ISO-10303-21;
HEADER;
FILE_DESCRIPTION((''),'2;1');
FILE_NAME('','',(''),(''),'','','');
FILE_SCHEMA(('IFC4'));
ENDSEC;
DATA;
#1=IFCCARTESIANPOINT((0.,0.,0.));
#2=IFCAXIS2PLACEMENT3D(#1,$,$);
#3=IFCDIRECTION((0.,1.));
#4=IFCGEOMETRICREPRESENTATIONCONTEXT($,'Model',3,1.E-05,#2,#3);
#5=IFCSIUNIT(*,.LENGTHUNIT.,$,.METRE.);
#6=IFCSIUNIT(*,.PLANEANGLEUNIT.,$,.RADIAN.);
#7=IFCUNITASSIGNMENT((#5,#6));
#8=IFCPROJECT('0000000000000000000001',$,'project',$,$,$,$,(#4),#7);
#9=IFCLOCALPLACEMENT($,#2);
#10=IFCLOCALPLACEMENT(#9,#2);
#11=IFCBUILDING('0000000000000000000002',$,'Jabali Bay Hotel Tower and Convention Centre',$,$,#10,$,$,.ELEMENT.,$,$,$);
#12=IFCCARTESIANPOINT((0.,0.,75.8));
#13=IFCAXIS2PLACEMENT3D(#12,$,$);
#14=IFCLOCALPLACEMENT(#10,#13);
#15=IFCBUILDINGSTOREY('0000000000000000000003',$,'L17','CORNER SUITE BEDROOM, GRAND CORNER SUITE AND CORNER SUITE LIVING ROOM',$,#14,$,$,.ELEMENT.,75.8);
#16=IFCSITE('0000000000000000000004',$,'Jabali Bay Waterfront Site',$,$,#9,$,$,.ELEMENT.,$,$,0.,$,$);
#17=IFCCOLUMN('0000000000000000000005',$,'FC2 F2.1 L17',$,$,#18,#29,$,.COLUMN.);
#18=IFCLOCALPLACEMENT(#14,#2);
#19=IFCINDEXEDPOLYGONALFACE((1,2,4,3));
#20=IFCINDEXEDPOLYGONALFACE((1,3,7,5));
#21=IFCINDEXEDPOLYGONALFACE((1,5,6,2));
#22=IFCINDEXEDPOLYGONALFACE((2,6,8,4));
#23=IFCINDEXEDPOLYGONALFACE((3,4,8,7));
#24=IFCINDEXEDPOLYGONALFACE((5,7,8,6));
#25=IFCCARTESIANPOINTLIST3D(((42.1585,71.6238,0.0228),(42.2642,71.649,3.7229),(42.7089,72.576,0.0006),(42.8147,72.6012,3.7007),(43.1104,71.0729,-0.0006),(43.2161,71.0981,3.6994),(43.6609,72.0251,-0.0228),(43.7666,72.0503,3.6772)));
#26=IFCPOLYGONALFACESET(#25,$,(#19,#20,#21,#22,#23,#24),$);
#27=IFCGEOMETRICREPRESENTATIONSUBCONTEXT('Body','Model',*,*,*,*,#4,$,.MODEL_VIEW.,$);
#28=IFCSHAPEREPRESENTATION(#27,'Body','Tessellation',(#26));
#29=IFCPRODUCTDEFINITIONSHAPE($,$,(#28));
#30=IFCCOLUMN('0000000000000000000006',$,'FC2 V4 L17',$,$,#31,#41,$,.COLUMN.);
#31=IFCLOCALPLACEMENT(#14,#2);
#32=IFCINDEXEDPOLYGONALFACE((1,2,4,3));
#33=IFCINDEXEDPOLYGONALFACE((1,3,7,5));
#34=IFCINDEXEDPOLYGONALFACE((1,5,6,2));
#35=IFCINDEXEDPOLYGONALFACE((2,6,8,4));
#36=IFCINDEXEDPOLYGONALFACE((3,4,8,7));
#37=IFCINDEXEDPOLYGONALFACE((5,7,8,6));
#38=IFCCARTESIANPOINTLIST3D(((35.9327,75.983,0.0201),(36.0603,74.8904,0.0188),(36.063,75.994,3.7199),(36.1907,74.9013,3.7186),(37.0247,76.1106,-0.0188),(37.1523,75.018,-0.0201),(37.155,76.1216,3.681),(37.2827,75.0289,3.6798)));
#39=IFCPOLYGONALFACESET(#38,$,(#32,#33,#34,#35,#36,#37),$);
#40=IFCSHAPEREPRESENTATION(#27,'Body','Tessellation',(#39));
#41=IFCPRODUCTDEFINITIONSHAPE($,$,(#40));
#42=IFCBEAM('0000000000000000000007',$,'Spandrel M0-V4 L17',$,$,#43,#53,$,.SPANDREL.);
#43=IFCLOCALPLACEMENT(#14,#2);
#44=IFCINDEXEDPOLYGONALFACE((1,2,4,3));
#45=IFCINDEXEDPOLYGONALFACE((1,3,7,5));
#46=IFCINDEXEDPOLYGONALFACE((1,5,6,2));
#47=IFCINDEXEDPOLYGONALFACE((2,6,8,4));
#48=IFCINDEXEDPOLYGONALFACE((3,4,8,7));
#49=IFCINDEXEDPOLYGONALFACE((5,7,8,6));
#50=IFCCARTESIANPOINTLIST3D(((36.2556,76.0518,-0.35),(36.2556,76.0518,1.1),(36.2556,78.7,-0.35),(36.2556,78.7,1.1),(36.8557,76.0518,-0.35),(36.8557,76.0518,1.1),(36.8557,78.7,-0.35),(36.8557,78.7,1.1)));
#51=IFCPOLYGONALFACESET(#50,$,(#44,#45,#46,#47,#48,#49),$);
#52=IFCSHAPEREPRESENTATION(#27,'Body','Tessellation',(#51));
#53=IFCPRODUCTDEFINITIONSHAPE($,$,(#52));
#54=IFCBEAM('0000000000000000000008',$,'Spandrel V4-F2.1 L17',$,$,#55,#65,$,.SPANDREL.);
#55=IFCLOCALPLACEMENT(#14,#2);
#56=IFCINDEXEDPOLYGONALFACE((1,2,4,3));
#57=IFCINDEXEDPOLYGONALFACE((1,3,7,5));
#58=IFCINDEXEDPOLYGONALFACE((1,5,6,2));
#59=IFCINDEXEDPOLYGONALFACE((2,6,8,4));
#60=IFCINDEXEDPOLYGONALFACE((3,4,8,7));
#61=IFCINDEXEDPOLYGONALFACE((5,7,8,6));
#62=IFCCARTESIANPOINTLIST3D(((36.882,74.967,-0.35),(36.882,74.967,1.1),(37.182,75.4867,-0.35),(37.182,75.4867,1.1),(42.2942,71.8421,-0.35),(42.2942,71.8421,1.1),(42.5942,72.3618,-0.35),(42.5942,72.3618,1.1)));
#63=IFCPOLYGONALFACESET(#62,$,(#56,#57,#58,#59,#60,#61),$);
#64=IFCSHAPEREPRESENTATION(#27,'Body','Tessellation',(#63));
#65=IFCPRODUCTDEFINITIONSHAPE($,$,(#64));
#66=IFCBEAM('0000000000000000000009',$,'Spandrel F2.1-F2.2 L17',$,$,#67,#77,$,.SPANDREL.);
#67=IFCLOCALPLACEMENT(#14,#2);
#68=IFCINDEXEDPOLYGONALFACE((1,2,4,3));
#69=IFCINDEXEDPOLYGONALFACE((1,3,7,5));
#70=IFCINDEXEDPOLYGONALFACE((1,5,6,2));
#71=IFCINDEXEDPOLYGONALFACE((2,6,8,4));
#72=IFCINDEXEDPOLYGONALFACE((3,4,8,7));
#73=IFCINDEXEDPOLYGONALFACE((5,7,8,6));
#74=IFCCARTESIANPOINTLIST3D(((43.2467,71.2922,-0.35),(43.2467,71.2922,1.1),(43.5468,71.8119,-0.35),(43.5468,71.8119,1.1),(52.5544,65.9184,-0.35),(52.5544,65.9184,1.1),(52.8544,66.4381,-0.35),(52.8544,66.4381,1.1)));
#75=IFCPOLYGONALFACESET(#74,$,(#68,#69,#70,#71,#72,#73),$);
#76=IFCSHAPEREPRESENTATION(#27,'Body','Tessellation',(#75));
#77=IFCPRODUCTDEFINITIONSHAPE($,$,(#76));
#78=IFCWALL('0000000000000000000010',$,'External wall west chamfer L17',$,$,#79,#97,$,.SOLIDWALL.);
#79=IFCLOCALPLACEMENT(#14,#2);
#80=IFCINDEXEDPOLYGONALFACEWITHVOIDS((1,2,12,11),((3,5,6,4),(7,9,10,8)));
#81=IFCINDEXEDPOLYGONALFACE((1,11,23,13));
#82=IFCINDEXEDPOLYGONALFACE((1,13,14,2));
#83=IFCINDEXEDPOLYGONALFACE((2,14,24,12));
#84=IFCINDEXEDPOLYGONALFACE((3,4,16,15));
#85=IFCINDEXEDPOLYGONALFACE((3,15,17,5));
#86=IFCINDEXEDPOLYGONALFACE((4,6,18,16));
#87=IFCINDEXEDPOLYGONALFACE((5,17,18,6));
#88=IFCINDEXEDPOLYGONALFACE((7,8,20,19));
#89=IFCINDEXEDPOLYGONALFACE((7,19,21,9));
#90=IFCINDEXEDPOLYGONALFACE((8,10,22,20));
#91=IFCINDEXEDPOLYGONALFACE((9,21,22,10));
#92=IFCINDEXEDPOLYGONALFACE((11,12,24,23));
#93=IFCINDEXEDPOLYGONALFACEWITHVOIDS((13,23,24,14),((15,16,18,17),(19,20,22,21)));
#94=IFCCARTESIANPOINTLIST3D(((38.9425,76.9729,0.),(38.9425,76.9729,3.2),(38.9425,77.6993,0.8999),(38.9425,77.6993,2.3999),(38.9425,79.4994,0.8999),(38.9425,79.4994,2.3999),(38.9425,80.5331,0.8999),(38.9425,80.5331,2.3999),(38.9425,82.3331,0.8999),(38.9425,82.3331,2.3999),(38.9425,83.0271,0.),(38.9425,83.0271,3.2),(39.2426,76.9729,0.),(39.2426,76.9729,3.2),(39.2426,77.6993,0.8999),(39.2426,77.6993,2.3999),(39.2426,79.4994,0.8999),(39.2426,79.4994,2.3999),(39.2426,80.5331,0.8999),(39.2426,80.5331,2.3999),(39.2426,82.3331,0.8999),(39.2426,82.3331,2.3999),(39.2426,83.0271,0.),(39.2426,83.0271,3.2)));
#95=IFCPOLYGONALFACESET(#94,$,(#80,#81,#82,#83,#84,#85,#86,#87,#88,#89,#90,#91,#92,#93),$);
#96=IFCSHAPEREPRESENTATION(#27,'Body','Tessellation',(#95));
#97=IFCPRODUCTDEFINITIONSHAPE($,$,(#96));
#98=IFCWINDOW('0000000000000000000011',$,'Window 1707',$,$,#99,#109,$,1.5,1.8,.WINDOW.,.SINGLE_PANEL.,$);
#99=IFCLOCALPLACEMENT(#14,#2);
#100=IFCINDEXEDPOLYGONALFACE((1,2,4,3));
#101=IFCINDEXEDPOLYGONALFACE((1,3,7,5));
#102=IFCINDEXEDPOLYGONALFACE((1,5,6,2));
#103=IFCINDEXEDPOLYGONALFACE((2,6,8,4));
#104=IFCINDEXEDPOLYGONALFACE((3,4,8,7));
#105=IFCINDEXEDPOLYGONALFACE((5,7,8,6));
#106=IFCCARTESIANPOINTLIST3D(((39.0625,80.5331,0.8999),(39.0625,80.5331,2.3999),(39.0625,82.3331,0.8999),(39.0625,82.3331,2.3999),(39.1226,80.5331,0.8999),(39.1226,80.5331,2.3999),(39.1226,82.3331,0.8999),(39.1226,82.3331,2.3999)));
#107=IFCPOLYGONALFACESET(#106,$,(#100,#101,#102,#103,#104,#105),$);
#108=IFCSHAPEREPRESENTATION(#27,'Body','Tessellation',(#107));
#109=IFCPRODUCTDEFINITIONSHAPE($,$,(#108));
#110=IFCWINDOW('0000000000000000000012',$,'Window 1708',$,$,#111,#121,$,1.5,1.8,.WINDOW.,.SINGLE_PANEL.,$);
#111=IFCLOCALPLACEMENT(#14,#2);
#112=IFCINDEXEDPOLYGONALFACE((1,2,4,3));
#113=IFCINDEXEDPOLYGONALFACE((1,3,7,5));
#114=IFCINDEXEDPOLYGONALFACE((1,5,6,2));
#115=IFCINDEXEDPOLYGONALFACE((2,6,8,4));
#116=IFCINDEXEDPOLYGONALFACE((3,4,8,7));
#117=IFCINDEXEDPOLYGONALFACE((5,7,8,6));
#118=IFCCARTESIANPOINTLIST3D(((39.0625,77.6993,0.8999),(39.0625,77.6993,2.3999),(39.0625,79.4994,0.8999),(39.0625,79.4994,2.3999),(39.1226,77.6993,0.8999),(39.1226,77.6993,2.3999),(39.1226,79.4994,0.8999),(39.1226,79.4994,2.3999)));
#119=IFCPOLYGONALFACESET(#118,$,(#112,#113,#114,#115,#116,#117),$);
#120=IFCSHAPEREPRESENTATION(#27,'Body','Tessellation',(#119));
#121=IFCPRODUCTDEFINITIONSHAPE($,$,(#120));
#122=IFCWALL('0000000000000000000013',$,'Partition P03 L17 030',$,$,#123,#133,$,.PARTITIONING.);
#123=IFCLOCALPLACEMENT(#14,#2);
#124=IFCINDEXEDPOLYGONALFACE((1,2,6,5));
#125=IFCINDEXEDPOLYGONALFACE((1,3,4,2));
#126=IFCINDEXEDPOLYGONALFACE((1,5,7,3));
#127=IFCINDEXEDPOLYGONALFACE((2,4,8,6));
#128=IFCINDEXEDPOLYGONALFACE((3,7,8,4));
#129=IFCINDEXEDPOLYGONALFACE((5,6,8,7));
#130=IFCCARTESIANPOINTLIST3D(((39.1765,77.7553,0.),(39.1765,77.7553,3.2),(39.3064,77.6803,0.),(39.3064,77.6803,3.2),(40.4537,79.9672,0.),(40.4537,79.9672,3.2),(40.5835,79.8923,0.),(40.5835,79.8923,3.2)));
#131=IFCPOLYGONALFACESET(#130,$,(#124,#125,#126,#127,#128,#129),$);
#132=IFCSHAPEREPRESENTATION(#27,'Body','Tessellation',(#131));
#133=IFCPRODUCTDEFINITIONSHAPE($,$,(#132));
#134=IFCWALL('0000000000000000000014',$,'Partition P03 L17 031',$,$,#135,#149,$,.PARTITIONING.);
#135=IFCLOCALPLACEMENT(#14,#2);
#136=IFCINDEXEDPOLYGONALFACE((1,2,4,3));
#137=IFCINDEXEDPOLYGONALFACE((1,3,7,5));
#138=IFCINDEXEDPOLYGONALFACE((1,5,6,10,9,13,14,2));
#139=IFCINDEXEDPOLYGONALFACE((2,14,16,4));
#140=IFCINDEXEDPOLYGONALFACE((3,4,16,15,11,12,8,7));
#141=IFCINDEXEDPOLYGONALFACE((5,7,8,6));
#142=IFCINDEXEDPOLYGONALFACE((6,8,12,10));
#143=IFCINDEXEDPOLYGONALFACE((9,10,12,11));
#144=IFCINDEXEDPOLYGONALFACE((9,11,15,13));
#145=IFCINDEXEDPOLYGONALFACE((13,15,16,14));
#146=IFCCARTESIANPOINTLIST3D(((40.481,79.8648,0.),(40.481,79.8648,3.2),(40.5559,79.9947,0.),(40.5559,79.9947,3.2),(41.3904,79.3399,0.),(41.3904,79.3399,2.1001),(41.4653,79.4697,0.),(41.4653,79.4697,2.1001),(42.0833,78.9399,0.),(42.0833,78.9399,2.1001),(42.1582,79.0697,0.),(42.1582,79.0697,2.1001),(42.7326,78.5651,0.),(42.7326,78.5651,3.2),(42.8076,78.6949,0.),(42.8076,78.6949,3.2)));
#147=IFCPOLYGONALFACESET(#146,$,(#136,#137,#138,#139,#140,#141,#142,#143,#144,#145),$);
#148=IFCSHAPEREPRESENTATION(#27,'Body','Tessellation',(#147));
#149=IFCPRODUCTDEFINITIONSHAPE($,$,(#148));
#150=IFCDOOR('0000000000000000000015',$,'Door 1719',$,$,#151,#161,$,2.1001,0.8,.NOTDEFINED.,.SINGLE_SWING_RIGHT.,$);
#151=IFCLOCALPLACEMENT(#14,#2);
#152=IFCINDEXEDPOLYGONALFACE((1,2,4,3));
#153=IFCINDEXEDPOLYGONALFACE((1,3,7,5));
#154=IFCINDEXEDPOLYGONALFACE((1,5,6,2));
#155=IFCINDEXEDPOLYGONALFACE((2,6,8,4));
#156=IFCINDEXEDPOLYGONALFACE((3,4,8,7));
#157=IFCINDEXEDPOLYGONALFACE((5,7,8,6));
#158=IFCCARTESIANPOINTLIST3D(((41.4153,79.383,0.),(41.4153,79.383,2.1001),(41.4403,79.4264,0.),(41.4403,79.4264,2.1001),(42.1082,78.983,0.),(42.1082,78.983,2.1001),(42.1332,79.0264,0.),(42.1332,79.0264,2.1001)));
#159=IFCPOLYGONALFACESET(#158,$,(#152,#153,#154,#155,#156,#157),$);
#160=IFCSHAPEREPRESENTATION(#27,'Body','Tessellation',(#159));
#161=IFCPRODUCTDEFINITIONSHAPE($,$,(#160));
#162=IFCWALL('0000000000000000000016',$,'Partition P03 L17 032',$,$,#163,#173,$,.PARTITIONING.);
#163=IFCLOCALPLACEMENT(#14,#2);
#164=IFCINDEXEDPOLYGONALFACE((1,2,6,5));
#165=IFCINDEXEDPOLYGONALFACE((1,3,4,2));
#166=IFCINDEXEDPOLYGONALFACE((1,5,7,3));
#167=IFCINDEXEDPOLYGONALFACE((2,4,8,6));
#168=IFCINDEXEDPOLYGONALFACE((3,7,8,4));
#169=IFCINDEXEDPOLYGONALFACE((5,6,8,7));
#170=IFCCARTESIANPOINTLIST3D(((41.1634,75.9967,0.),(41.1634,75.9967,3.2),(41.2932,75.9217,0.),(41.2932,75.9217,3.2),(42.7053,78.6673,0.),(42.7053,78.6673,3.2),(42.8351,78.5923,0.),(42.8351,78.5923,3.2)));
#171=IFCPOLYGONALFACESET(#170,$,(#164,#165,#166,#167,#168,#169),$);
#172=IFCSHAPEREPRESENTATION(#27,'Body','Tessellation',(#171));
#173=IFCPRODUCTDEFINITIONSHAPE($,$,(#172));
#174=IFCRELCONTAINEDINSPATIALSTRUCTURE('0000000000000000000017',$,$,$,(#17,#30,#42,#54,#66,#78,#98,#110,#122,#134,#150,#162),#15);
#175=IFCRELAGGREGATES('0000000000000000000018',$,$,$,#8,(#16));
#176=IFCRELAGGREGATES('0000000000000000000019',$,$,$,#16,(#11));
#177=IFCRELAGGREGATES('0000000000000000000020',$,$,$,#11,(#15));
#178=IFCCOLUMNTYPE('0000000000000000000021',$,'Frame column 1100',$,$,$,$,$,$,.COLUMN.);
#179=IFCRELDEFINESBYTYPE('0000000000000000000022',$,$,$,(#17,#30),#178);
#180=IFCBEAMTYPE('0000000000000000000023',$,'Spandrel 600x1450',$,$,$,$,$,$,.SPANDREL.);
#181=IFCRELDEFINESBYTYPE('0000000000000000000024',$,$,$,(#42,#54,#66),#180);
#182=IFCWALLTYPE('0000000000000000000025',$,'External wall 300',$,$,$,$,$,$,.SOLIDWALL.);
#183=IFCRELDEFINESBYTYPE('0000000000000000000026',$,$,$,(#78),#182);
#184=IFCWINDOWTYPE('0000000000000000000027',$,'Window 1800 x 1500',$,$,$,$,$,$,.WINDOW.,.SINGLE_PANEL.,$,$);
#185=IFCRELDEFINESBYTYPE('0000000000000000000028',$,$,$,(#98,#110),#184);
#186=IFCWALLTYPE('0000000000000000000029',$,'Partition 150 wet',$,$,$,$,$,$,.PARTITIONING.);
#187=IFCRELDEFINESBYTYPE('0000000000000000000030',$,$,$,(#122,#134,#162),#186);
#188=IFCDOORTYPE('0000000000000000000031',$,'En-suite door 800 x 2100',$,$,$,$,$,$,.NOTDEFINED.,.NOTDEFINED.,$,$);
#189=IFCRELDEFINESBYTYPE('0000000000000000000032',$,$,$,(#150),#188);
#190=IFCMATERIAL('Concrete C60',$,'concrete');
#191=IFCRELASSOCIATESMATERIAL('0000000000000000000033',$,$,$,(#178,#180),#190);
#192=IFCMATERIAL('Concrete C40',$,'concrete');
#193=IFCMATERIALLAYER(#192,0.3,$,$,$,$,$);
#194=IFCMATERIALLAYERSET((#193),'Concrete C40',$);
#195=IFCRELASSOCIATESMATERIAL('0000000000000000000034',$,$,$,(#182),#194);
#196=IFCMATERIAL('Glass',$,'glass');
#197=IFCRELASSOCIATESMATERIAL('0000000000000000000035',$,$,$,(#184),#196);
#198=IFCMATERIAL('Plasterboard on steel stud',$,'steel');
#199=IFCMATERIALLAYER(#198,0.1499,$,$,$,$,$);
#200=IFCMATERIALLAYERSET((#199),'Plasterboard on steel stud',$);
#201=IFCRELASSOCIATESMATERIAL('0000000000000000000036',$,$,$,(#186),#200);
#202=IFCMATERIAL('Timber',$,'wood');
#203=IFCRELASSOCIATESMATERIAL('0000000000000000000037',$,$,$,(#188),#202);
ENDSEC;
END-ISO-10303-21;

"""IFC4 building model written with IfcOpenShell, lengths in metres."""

from ifc_helpers import new_model, si_unit, direction, frame, frame_2d, origin, origin_2d, place, context, subcontext, project, spatial, rectangle, extrude, material, layer, layer_set, material_profile, profile_set, type_object, element, fill, save


model = new_model("IFC4")

# Units and contexts
model_context = context("Model", 3, precision=1e-05, world=origin(), true_north=direction((0.0, 1.0)))
body_context = subcontext(model_context, "Body", "Model", "MODEL_VIEW")
ifc_project = project(units=[si_unit("LENGTHUNIT", "METRE"), si_unit("PLANEANGLEUNIT", "RADIAN")], contexts=[model_context])

# Site, building, storey
site_placement = place(None, origin())
site = spatial("IfcSite", under=ifc_project, at=site_placement, Name="Jabali Bay Waterfront Site", CompositionType="ELEMENT", RefElevation=0.0)
building_placement = place(site_placement, origin())
building = spatial("IfcBuilding", under=site, at=building_placement, Name="Jabali Bay Hotel Tower and Convention Centre", CompositionType="ELEMENT")
storey_placement = place(building_placement, frame((0.0, 0.0, 75.8)))
storey = spatial("IfcBuildingStorey", under=building, at=storey_placement, Name="L17", Description="CORNER SUITE BEDROOM, GRAND CORNER SUITE AND CORNER SUITE LIVING ROOM", CompositionType="ELEMENT", Elevation=75.8)

# Columns
ifc_material_1 = material(Name="Concrete C60", Category="concrete")
ifc_material_profile_1 = material_profile(ifc_material_1, rectangle(XDim=1.1001, YDim=1.1001, at=origin_2d()), Name="Frame column 1100")
ifc_profile_set_1 = profile_set([ifc_material_profile_1], Name="Concrete C60")
column_type = type_object("IfcColumnType", Name="Frame column 1100", PredefinedType="COLUMN", material=ifc_profile_set_1)
column_1_placement = place(storey_placement, frame((42.9097, 71.8245, 0.0), z_axis=(0.028559, 0.006794, 0.999569), x_axis=(-0.86532, 0.500766, 0.02132)))
element("IfcColumn", 1, at=column_1_placement, inside=storey, type_object=column_type, Name="FC2 F2.1 L17", PredefinedType="COLUMN", context=body_context, shape_type="SweptSolid", body=[
    extrude(rectangle(XDim=1.1001, YDim=1.1001, at=origin_2d()), origin(), (0.0, 0.0, 1.0), 3.7017),
])
column_2_placement = place(storey_placement, frame((36.5425, 75.5005, 0.0), z_axis=(0.035214, 0.002967, 0.999375), x_axis=(-0.116022, 0.993246, 0.001139)))
element("IfcColumn", 2, at=column_2_placement, inside=storey, type_object=column_type, Name="FC2 V4 L17", PredefinedType="COLUMN", context=body_context, shape_type="SweptSolid", body=[
    extrude(rectangle(XDim=1.1001, YDim=1.1001, at=origin_2d()), origin(), (0.0, 0.0, 1.0), 3.7021),
])

# Beams
ifc_material_profile_2 = material_profile(ifc_material_1, rectangle(XDim=0.6001, YDim=1.45, at=origin_2d()), Name="Spandrel 600x1450")
ifc_profile_set_2 = profile_set([ifc_material_profile_2], Name="Concrete C60")
beam_type = type_object("IfcBeamType", Name="Spandrel 600x1450", PredefinedType="SPANDREL", material=ifc_profile_set_2)
beam_1_placement = place(storey_placement, frame((36.5557, 78.7, 0.375), z_axis=(0.0, -1.0, 0.0), x_axis=(1.0, 0.0, 0.0)))
element("IfcBeam", 3, at=beam_1_placement, inside=storey, type_object=beam_type, Name="Spandrel M0-V4 L17", PredefinedType="SPANDREL", context=body_context, shape_type="SweptSolid", body=[
    extrude(rectangle(XDim=0.6001, YDim=1.45, at=origin_2d()), origin(), (0.0, 0.0, 1.0), 2.6482),
])
beam_2_placement = place(storey_placement, frame((37.032, 75.2268, 0.375), z_axis=(0.86602, -0.500009, 0.0), x_axis=(0.500009, 0.86602, 0.0)))
element("IfcBeam", 4, at=beam_2_placement, inside=storey, type_object=beam_type, Name="Spandrel V4-F2.1 L17", PredefinedType="SPANDREL", context=body_context, shape_type="SweptSolid", body=[
    extrude(rectangle(XDim=0.6001, YDim=1.45, at=origin_2d()), origin(), (0.0, 0.0, 1.0), 6.2495),
])
beam_3_placement = place(storey_placement, frame((43.3967, 71.552, 0.375), z_axis=(0.866024, -0.500002, 0.0), x_axis=(0.500002, 0.866024, 0.0)))
element("IfcBeam", 5, at=beam_3_placement, inside=storey, type_object=beam_type, Name="Spandrel F2.1-F2.2 L17", PredefinedType="SPANDREL", context=body_context, shape_type="SweptSolid", body=[
    extrude(rectangle(XDim=0.6001, YDim=1.45, at=origin_2d()), origin(), (0.0, 0.0, 1.0), 10.7476),
])

# Wall, openings, windows
ifc_material_2 = material(Name="Concrete C40", Category="concrete")
ifc_layer_1 = layer(ifc_material_2, 0.3)
ifc_layer_set_1 = layer_set([ifc_layer_1], Name="Concrete C40")
wall_type_1 = type_object("IfcWallType", Name="External wall 300", PredefinedType="SOLIDWALL", material=ifc_layer_set_1)
wall_1_placement = place(storey_placement, frame((39.0925, 76.9729, 0.0), z_axis=(0.0, 0.0, 1.0), x_axis=(0.0, 1.0, 0.0)))
wall_1 = element("IfcWall", 6, at=wall_1_placement, inside=storey, type_object=wall_type_1, Name="External wall west chamfer L17", PredefinedType="SOLIDWALL", context=body_context, shape_type="SweptSolid", body=[
    extrude(rectangle(XDim=6.0542, YDim=0.3, at=frame_2d((3.0271, 0.0))), origin(), (0.0, 0.0, 1.0), 3.2),
])
opening_1_placement = place(wall_1_placement, frame((3.5603, 0.0, 0.8999)))
opening_1 = element("IfcOpeningElement", 7, at=opening_1_placement, cuts=wall_1, PredefinedType="OPENING", context=body_context, shape_type="SweptSolid", body=[
    extrude(rectangle(XDim=1.8, YDim=1.5, at=frame_2d((0.8999, 0.75))), frame((0.0, 0.1606, 0.0), z_axis=(0.0, -1.0, 0.0), x_axis=(1.0, 0.0, 0.0)), (0.0, 0.0, 1.0), 0.321),
])
opening_2_placement = place(wall_1_placement, frame((0.7266, 0.0, 0.8999)))
opening_2 = element("IfcOpeningElement", 8, at=opening_2_placement, cuts=wall_1, PredefinedType="OPENING", context=body_context, shape_type="SweptSolid", body=[
    extrude(rectangle(XDim=1.8, YDim=1.5, at=frame_2d((0.8999, 0.75))), frame((0.0, 0.1606, 0.0), z_axis=(0.0, -1.0, 0.0), x_axis=(1.0, 0.0, 0.0)), (0.0, 0.0, 1.0), 0.321),
])
ifc_material_3 = material(Name="Glass", Category="glass")
window_type = type_object("IfcWindowType", Name="Window 1800 x 1500", PartitioningType="SINGLE_PANEL", PredefinedType="WINDOW", material=ifc_material_3)
window_1_placement = place(opening_1_placement, origin())
window_1 = element("IfcWindow", 9, at=window_1_placement, inside=storey, type_object=window_type, Name="Window 1707", OverallHeight=1.5, OverallWidth=1.8, PartitioningType="SINGLE_PANEL", PredefinedType="WINDOW", context=body_context, shape_type="SweptSolid", body=[
    extrude(rectangle(XDim=1.8, YDim=1.5, at=frame_2d((0.8999, 0.75))), frame((0.0, 0.03, 0.0), z_axis=(0.0, -1.0, 0.0), x_axis=(1.0, 0.0, 0.0)), (0.0, 0.0, 1.0), 0.0601),
])
fill(opening_1, window_1)
window_2_placement = place(opening_2_placement, origin())
window_2 = element("IfcWindow", 10, at=window_2_placement, inside=storey, type_object=window_type, Name="Window 1708", OverallHeight=1.5, OverallWidth=1.8, PartitioningType="SINGLE_PANEL", PredefinedType="WINDOW", context=body_context, shape_type="SweptSolid", body=[
    extrude(rectangle(XDim=1.8, YDim=1.5, at=frame_2d((0.8999, 0.75))), frame((0.0, 0.03, 0.0), z_axis=(0.0, -1.0, 0.0), x_axis=(1.0, 0.0, 0.0)), (0.0, 0.0, 1.0), 0.0601),
])
fill(opening_2, window_2)

# Wall
ifc_material_4 = material(Name="Plasterboard on steel stud", Category="steel")
ifc_layer_2 = layer(ifc_material_4, 0.1499)
ifc_layer_set_2 = layer_set([ifc_layer_2], Name="Plasterboard on steel stud")
wall_type_2 = type_object("IfcWallType", Name="Partition 150 wet", PredefinedType="PARTITIONING", material=ifc_layer_set_2)
wall_2_placement = place(storey_placement, frame((39.2415, 77.7178, 0.0), z_axis=(0.0, 0.0, 1.0), x_axis=(0.500015, 0.866017, 0.0)))
element("IfcWall", 11, at=wall_2_placement, inside=storey, type_object=wall_type_2, Name="Partition P03 L17 030", PredefinedType="PARTITIONING", context=body_context, shape_type="SweptSolid", body=[
    extrude(rectangle(XDim=2.5542, YDim=0.1499, at=frame_2d((1.2771, 0.0))), origin(), (0.0, 0.0, 1.0), 3.2),
])

# Wall, opening, door
wall_3_placement = place(storey_placement, frame((40.5186, 79.9297, 0.0), z_axis=(0.0, 0.0, 1.0), x_axis=(0.866062, -0.499937, 0.0)))
wall_3 = element("IfcWall", 12, at=wall_3_placement, inside=storey, type_object=wall_type_2, Name="Partition P03 L17 031", PredefinedType="PARTITIONING", context=body_context, shape_type="SweptSolid", body=[
    extrude(rectangle(XDim=2.5999, YDim=0.1499, at=frame_2d((1.2998, 0.0))), origin(), (0.0, 0.0, 1.0), 3.2),
])
opening_3_placement = place(wall_3_placement, frame((1.05, 0.0, 0.0)))
opening_3 = element("IfcOpeningElement", 13, at=opening_3_placement, cuts=wall_3, PredefinedType="OPENING", context=body_context, shape_type="SweptSolid", body=[
    extrude(rectangle(XDim=0.8, YDim=2.1001, at=frame_2d((0.3999, 1.05))), frame((0.0, 0.0854, 0.0), z_axis=(0.0, -1.0, 0.0), x_axis=(1.0, 0.0, 0.0)), (0.0, 0.0, 1.0), 0.1709),
])
ifc_material_5 = material(Name="Timber", Category="wood")
door_type = type_object("IfcDoorType", Name="En-suite door 800 x 2100", OperationType="NOTDEFINED", PredefinedType="NOTDEFINED", material=ifc_material_5)
door_placement = place(opening_3_placement, origin())
door = element("IfcDoor", 14, at=door_placement, inside=storey, type_object=door_type, Name="Door 1719", OperationType="SINGLE_SWING_RIGHT", OverallHeight=2.1001, OverallWidth=0.8, PredefinedType="NOTDEFINED", context=body_context, shape_type="SweptSolid", body=[
    extrude(rectangle(XDim=0.8, YDim=2.1001, at=frame_2d((0.3999, 1.05))), frame((0.0, 0.0249, 0.0), z_axis=(0.0, -1.0, 0.0), x_axis=(1.0, 0.0, 0.0)), (0.0, 0.0, 1.0), 0.05),
])
fill(opening_3, door)

# Wall
wall_4_placement = place(storey_placement, frame((42.7703, 78.6299, 0.0), z_axis=(0.0, 0.0, 1.0), x_axis=(-0.500022, -0.866013, 0.0)))
element("IfcWall", 15, at=wall_4_placement, inside=storey, type_object=wall_type_2, Name="Partition P03 L17 032", PredefinedType="PARTITIONING", context=body_context, shape_type="SweptSolid", body=[
    extrude(rectangle(XDim=3.0837, YDim=0.1499, at=frame_2d((1.542, 0.0))), origin(), (0.0, 0.0, 1.0), 3.2),
])

save(model, "model.ifc")
